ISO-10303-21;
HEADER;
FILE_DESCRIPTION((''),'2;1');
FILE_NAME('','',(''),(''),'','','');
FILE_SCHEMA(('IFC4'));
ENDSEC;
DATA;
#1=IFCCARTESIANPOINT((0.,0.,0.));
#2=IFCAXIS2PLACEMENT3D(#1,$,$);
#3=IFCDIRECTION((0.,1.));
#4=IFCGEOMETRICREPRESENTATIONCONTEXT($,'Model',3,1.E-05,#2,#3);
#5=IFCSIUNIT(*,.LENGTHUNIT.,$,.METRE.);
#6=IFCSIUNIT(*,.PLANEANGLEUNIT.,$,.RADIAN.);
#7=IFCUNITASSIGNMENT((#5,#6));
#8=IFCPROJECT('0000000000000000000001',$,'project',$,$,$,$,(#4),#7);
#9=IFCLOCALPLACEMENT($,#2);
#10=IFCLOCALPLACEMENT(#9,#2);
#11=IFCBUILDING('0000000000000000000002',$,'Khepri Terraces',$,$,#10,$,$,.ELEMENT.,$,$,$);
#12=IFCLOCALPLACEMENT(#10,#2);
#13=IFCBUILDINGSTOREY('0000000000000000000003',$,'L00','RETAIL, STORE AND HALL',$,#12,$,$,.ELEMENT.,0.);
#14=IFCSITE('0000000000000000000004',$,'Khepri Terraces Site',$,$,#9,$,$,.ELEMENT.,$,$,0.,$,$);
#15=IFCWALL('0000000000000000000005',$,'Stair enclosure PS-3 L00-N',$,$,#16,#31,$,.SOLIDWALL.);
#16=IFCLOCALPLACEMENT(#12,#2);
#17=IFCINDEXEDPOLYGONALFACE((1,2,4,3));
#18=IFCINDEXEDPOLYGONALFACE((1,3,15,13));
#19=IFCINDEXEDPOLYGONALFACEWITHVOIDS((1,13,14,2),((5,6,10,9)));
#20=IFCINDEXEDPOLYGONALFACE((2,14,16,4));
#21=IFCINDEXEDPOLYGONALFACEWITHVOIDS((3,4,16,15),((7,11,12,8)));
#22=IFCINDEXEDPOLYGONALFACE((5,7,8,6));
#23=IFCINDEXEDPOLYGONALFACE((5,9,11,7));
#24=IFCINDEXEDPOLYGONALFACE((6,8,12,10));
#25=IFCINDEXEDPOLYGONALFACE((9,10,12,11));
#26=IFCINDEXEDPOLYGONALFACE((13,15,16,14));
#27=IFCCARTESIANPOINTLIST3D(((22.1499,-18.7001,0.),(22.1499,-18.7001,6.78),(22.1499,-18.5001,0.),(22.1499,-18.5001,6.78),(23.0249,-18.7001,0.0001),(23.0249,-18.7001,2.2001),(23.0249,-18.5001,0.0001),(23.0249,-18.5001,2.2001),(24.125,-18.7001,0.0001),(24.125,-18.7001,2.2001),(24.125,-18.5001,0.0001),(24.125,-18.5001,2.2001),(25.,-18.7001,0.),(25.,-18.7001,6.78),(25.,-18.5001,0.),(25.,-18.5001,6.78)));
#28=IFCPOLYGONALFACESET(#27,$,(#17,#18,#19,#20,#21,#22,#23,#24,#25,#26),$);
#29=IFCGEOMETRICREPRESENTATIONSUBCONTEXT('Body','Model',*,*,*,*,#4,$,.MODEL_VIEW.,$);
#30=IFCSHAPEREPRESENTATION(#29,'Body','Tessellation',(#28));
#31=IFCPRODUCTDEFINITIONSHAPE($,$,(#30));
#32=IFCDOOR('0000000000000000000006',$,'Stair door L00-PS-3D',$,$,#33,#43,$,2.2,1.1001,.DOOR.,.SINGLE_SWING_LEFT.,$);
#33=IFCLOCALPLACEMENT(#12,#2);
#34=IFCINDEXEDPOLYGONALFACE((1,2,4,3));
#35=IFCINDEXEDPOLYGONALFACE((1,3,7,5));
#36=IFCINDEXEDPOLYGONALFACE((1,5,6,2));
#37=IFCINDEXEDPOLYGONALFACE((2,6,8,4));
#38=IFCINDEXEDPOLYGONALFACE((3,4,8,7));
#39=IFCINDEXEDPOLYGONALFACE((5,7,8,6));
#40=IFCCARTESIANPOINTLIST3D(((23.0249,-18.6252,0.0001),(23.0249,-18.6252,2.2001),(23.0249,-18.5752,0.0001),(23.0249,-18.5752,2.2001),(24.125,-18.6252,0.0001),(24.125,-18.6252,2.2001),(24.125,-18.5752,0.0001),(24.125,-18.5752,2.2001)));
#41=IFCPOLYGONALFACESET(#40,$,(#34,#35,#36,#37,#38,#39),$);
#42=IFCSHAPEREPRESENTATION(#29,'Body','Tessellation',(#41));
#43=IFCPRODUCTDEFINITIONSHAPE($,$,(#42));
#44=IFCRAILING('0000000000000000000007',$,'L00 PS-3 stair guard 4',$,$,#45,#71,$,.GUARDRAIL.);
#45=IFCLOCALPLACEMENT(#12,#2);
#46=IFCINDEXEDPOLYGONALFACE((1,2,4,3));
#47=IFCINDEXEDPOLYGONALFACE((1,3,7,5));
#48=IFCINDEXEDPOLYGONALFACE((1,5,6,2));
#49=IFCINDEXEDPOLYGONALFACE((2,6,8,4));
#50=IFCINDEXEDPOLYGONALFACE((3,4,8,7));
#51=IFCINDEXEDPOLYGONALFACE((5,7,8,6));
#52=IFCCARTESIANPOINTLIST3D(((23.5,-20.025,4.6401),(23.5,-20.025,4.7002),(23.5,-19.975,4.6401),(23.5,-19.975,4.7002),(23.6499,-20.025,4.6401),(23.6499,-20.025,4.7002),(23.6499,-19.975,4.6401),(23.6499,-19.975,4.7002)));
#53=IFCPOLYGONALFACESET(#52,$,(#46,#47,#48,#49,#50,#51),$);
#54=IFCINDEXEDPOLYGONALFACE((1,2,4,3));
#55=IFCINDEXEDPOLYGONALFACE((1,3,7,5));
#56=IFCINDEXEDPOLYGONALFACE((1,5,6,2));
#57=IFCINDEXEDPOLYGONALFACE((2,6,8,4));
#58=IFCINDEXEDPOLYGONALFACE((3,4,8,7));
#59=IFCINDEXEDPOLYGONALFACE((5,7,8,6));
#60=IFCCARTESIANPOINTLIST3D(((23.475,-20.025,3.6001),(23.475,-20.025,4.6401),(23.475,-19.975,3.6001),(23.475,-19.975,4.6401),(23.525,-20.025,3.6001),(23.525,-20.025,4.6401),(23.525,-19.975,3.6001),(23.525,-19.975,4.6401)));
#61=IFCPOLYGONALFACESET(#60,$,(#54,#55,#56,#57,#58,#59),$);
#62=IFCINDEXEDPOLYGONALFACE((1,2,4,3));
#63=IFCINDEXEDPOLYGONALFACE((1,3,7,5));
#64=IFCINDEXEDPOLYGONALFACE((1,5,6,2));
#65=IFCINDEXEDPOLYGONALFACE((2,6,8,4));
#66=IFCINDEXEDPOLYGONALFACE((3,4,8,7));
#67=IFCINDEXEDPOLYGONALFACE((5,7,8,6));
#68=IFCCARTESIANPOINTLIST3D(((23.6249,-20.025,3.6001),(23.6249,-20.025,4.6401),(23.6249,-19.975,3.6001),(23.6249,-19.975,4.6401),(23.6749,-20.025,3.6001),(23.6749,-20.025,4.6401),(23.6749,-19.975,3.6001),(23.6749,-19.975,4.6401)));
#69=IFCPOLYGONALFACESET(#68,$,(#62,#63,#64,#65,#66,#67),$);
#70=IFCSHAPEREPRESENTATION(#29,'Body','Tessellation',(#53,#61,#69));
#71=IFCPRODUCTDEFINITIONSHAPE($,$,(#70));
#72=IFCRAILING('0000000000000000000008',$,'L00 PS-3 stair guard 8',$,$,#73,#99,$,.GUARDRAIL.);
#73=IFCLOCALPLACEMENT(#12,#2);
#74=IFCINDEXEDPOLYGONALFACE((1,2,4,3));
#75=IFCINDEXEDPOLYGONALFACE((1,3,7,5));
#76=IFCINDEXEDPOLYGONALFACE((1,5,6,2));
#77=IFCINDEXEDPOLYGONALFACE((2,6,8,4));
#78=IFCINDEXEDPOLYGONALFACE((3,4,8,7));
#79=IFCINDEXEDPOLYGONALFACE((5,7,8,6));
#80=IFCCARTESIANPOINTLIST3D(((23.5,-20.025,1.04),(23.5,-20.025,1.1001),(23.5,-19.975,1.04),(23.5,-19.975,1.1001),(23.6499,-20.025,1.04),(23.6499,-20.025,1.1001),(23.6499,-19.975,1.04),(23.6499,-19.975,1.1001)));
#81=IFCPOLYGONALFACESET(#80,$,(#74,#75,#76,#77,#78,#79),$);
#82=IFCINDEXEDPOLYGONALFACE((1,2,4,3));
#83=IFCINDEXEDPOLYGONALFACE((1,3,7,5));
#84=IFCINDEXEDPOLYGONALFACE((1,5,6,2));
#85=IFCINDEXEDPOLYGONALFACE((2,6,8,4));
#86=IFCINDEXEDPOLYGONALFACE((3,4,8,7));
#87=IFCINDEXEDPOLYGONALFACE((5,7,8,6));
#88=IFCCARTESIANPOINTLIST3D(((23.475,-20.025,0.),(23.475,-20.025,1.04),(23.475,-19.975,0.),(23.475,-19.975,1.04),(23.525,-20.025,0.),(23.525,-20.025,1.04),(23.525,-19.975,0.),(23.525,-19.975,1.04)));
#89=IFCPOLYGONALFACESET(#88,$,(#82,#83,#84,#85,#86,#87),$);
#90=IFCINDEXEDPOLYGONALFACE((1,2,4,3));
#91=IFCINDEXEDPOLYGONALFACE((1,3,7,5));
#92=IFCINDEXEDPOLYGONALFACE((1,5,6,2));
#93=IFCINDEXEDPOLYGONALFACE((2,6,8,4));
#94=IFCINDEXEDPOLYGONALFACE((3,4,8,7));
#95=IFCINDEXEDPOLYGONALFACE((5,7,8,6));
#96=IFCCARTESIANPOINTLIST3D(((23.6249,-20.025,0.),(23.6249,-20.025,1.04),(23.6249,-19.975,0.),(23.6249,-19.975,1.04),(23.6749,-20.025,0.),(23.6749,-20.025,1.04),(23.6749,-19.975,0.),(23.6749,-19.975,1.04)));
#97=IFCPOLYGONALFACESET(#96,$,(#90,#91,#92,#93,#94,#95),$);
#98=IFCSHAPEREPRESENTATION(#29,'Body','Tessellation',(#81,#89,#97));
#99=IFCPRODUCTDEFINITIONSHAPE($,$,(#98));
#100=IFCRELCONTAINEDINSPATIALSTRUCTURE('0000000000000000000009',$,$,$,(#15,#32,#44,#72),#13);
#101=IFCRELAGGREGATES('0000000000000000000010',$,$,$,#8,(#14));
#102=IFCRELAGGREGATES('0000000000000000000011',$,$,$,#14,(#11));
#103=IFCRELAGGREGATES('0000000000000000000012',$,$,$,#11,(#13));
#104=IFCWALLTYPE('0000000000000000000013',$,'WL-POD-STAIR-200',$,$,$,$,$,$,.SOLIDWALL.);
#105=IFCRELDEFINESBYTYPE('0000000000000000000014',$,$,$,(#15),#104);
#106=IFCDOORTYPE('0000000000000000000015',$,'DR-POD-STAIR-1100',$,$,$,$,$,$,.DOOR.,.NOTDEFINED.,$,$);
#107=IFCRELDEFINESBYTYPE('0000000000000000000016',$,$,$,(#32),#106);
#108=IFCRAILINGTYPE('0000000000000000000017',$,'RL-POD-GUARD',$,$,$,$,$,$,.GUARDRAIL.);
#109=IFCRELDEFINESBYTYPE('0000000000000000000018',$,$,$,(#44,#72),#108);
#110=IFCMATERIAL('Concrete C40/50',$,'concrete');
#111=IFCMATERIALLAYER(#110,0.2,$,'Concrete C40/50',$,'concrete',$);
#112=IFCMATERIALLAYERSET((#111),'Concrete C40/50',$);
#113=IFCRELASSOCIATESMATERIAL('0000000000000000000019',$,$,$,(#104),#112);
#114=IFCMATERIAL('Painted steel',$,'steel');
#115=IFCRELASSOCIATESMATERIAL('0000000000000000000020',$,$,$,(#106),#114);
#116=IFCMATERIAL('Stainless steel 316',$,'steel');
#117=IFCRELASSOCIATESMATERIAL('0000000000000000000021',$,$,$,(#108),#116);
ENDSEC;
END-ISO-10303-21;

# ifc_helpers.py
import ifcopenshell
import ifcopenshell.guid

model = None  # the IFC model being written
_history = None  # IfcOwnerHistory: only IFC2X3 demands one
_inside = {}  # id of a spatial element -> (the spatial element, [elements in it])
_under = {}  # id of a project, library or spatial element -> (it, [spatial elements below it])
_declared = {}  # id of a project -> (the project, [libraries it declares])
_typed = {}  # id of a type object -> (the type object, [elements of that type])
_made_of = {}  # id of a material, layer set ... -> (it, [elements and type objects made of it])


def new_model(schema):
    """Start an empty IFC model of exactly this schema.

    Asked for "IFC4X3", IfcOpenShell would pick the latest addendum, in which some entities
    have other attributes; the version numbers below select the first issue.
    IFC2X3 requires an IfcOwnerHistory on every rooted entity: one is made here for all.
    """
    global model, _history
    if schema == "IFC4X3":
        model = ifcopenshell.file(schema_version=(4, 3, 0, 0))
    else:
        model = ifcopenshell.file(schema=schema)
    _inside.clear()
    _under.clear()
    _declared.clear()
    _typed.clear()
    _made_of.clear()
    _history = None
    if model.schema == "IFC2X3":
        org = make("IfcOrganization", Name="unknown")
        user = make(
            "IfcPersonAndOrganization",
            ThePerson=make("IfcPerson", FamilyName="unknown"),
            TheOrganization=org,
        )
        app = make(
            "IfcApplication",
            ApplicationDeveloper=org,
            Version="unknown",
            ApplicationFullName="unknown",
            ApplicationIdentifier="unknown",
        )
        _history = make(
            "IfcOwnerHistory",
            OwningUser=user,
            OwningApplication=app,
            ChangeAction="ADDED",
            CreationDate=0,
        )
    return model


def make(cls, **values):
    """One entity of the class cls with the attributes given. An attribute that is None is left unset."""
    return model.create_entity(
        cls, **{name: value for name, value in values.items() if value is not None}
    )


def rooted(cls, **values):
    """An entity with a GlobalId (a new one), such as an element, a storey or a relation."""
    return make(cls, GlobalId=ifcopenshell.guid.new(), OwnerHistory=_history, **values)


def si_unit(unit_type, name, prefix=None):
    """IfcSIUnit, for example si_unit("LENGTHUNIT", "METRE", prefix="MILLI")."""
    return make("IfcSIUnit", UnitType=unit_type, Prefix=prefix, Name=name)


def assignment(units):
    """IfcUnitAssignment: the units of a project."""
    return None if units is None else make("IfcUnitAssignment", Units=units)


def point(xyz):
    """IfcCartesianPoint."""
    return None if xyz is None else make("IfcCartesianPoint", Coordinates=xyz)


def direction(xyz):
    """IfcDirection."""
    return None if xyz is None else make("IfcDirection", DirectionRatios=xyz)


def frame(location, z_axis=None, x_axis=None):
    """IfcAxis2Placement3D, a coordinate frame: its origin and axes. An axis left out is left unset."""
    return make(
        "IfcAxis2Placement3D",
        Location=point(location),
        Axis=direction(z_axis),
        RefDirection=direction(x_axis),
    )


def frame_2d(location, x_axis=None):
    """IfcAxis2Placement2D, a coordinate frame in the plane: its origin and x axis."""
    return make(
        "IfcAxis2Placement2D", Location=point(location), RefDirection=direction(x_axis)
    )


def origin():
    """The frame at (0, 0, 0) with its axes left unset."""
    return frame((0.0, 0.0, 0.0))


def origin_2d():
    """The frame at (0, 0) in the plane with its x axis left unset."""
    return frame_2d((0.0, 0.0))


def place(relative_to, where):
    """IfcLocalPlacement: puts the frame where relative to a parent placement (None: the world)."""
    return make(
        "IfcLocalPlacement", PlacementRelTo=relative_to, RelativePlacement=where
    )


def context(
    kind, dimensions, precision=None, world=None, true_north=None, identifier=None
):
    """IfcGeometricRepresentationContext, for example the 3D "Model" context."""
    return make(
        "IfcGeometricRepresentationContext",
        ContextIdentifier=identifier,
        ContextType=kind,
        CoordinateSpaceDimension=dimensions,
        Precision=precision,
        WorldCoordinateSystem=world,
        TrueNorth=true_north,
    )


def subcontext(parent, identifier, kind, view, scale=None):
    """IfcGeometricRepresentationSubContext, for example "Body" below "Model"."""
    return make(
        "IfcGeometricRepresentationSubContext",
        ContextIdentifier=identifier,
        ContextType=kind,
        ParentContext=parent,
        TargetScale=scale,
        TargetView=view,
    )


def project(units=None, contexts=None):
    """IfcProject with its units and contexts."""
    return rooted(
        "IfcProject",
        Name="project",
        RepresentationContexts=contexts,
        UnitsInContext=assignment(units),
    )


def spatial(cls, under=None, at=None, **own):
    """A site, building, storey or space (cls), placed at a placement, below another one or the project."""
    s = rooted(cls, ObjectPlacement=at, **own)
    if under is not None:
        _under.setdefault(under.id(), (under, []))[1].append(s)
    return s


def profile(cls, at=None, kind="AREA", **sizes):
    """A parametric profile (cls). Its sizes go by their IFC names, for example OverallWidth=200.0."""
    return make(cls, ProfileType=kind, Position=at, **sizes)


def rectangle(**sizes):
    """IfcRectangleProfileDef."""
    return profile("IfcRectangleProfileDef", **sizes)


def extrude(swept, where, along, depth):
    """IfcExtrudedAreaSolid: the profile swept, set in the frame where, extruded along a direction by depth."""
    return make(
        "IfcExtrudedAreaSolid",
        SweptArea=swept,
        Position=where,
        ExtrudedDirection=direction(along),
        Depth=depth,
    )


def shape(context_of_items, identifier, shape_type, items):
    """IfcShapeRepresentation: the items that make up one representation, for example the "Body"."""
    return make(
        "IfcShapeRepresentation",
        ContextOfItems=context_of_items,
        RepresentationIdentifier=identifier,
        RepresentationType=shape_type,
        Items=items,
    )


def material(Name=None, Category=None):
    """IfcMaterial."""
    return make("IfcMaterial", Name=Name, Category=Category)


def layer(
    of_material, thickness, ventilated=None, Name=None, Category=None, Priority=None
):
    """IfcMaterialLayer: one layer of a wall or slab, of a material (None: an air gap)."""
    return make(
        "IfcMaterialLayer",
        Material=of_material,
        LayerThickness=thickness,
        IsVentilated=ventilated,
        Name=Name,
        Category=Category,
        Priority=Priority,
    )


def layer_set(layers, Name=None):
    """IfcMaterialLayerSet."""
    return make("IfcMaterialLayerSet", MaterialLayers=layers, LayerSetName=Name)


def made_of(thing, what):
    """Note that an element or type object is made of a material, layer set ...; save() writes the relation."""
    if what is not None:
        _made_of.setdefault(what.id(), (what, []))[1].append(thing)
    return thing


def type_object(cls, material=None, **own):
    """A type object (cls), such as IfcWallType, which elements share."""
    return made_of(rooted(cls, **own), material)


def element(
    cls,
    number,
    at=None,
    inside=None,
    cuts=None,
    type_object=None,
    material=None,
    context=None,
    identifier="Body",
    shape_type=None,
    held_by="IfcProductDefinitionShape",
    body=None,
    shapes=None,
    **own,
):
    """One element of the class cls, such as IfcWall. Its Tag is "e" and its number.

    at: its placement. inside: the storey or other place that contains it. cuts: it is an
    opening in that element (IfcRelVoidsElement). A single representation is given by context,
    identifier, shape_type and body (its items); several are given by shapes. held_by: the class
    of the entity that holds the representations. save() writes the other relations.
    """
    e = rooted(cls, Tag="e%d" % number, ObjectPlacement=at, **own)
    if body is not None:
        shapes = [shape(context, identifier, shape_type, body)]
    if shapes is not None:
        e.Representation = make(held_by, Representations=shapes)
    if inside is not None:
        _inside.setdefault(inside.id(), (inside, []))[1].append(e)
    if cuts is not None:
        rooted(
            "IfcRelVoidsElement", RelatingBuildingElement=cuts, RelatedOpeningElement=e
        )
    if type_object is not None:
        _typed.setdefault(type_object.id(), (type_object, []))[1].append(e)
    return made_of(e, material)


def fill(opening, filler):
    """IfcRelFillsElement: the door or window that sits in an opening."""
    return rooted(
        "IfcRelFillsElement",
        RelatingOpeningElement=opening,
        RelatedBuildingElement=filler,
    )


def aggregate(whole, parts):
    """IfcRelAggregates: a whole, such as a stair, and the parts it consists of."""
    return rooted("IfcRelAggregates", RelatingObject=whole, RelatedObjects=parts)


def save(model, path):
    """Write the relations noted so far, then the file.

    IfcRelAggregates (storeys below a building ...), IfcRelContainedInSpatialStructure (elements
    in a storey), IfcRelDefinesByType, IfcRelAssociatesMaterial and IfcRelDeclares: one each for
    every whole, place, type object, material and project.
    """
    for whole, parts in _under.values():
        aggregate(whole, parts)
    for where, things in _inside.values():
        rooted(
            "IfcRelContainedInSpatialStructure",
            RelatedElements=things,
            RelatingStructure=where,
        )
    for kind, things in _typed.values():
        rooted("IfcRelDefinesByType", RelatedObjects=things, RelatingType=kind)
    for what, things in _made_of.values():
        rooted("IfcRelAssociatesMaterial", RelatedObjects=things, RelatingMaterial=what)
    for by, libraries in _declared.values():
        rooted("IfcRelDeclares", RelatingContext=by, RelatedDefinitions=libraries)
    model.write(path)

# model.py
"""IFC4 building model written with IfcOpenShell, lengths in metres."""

from ifc_helpers import new_model, si_unit, direction, frame, frame_2d, origin, origin_2d, place, context, subcontext, project, spatial, rectangle, extrude, material, layer, layer_set, type_object, element, fill, save


model = new_model("IFC4")

# Units and contexts
model_context = context("Model", 3, precision=1e-05, world=origin(), true_north=direction((0.0, 1.0)))
body_context = subcontext(model_context, "Body", "Model", "MODEL_VIEW")
ifc_project = project(units=[si_unit("LENGTHUNIT", "METRE"), si_unit("PLANEANGLEUNIT", "RADIAN")], contexts=[model_context])

# Site, building, storey
site_placement = place(None, origin())
site = spatial("IfcSite", under=ifc_project, at=site_placement, Name="Khepri Terraces Site", CompositionType="ELEMENT", RefElevation=0.0)
building_placement = place(site_placement, origin())
building = spatial("IfcBuilding", under=site, at=building_placement, Name="Khepri Terraces", CompositionType="ELEMENT")
storey_placement = place(building_placement, origin())
storey = spatial("IfcBuildingStorey", under=building, at=storey_placement, Name="L00", Description="RETAIL, STORE AND HALL", CompositionType="ELEMENT", Elevation=0.0)

# Shared definitions
ifc_material_1 = material(Name="Painted steel", Category="steel")

# Wall, opening, door
ifc_material_2 = material(Name="Concrete C40/50", Category="concrete")
ifc_layer_1 = layer(ifc_material_2, 0.2, Name="Concrete C40/50", Category="concrete")
ifc_layer_set_1 = layer_set([ifc_layer_1], Name="Concrete C40/50")
wall_type_1 = type_object("IfcWallType", Name="WL-POD-STAIR-200", PredefinedType="SOLIDWALL", material=ifc_layer_set_1)
wall_1_placement = place(storey_placement, frame((22.1499, -18.6001, 0.0), z_axis=(0.0, 0.0, 1.0), x_axis=(1.0, 0.0, 0.0)))
wall_1 = element("IfcWall", 1, at=wall_1_placement, inside=storey, type_object=wall_type_1, Name="Stair enclosure PS-3 L00-N", PredefinedType="SOLIDWALL", context=body_context, shape_type="SweptSolid", body=[
    extrude(rectangle(XDim=2.8501, YDim=0.2, at=frame_2d((1.425, 0.0))), origin(), (0.0, 0.0, 1.0), 6.78),
])
opening_1_placement = place(wall_1_placement, frame((0.875, 0.0, 0.0)))
opening_1 = element("IfcOpeningElement", 2, at=opening_1_placement, cuts=wall_1, PredefinedType="OPENING", context=body_context, shape_type="SweptSolid", body=[
    extrude(rectangle(XDim=1.1001, YDim=2.2, at=frame_2d((0.55, 1.1001))), frame((0.0, 0.1099, 0.0), z_axis=(0.0, -1.0, 0.0), x_axis=(1.0, 0.0, 0.0)), (0.0, 0.0, 1.0), 0.22),
])
door_type_1 = type_object("IfcDoorType", Name="DR-POD-STAIR-1100", OperationType="NOTDEFINED", PredefinedType="DOOR", material=ifc_material_1)
door_1_placement = place(opening_1_placement, origin())
door_1 = element("IfcDoor", 3, at=door_1_placement, inside=storey, type_object=door_type_1, Name="Stair door L00-PS-3D", OperationType="SINGLE_SWING_LEFT", OverallHeight=2.2, OverallWidth=1.1001, PredefinedType="DOOR", context=body_context, shape_type="SweptSolid", body=[
    extrude(rectangle(XDim=1.1001, YDim=2.2, at=frame_2d((0.55, 1.1001))), frame((0.0, 0.0249, 0.0), z_axis=(0.0, -1.0, 0.0), x_axis=(1.0, 0.0, 0.0)), (0.0, 0.0, 1.0), 0.05),
])
fill(opening_1, door_1)

# Railings
ifc_material_3 = material(Name="Stainless steel 316", Category="steel")
railing_type = type_object("IfcRailingType", Name="RL-POD-GUARD", PredefinedType="GUARDRAIL", material=ifc_material_3)
for number, where, name in (
    (4, (23.5, -20.0, 3.6001), "L00 PS-3 stair guard 4"),
    (5, (23.5, -20.0, 0.0), "L00 PS-3 stair guard 8"),
):
    element("IfcRailing", number, at=place(storey_placement, frame(where)), inside=storey, type_object=railing_type, Name=name, PredefinedType="GUARDRAIL", context=body_context, shape_type="SweptSolid", body=[
        extrude(rectangle(XDim=0.05, YDim=0.0601, at=origin_2d()), frame((0.0, 0.0, 1.0701), z_axis=(1.0, 0.0, 0.0), x_axis=(0.0, 1.0, 0.0)), (0.0, 0.0, 1.0), 0.1499),
        extrude(rectangle(XDim=0.05, YDim=0.05, at=origin_2d()), origin(), (0.0, 0.0, 1.0), 1.04),
        extrude(rectangle(XDim=0.05, YDim=0.05, at=origin_2d()), frame((0.1499, 0.0, 0.0)), (0.0, 0.0, 1.0), 1.04),
    ])

save(model, "model.ifc")
